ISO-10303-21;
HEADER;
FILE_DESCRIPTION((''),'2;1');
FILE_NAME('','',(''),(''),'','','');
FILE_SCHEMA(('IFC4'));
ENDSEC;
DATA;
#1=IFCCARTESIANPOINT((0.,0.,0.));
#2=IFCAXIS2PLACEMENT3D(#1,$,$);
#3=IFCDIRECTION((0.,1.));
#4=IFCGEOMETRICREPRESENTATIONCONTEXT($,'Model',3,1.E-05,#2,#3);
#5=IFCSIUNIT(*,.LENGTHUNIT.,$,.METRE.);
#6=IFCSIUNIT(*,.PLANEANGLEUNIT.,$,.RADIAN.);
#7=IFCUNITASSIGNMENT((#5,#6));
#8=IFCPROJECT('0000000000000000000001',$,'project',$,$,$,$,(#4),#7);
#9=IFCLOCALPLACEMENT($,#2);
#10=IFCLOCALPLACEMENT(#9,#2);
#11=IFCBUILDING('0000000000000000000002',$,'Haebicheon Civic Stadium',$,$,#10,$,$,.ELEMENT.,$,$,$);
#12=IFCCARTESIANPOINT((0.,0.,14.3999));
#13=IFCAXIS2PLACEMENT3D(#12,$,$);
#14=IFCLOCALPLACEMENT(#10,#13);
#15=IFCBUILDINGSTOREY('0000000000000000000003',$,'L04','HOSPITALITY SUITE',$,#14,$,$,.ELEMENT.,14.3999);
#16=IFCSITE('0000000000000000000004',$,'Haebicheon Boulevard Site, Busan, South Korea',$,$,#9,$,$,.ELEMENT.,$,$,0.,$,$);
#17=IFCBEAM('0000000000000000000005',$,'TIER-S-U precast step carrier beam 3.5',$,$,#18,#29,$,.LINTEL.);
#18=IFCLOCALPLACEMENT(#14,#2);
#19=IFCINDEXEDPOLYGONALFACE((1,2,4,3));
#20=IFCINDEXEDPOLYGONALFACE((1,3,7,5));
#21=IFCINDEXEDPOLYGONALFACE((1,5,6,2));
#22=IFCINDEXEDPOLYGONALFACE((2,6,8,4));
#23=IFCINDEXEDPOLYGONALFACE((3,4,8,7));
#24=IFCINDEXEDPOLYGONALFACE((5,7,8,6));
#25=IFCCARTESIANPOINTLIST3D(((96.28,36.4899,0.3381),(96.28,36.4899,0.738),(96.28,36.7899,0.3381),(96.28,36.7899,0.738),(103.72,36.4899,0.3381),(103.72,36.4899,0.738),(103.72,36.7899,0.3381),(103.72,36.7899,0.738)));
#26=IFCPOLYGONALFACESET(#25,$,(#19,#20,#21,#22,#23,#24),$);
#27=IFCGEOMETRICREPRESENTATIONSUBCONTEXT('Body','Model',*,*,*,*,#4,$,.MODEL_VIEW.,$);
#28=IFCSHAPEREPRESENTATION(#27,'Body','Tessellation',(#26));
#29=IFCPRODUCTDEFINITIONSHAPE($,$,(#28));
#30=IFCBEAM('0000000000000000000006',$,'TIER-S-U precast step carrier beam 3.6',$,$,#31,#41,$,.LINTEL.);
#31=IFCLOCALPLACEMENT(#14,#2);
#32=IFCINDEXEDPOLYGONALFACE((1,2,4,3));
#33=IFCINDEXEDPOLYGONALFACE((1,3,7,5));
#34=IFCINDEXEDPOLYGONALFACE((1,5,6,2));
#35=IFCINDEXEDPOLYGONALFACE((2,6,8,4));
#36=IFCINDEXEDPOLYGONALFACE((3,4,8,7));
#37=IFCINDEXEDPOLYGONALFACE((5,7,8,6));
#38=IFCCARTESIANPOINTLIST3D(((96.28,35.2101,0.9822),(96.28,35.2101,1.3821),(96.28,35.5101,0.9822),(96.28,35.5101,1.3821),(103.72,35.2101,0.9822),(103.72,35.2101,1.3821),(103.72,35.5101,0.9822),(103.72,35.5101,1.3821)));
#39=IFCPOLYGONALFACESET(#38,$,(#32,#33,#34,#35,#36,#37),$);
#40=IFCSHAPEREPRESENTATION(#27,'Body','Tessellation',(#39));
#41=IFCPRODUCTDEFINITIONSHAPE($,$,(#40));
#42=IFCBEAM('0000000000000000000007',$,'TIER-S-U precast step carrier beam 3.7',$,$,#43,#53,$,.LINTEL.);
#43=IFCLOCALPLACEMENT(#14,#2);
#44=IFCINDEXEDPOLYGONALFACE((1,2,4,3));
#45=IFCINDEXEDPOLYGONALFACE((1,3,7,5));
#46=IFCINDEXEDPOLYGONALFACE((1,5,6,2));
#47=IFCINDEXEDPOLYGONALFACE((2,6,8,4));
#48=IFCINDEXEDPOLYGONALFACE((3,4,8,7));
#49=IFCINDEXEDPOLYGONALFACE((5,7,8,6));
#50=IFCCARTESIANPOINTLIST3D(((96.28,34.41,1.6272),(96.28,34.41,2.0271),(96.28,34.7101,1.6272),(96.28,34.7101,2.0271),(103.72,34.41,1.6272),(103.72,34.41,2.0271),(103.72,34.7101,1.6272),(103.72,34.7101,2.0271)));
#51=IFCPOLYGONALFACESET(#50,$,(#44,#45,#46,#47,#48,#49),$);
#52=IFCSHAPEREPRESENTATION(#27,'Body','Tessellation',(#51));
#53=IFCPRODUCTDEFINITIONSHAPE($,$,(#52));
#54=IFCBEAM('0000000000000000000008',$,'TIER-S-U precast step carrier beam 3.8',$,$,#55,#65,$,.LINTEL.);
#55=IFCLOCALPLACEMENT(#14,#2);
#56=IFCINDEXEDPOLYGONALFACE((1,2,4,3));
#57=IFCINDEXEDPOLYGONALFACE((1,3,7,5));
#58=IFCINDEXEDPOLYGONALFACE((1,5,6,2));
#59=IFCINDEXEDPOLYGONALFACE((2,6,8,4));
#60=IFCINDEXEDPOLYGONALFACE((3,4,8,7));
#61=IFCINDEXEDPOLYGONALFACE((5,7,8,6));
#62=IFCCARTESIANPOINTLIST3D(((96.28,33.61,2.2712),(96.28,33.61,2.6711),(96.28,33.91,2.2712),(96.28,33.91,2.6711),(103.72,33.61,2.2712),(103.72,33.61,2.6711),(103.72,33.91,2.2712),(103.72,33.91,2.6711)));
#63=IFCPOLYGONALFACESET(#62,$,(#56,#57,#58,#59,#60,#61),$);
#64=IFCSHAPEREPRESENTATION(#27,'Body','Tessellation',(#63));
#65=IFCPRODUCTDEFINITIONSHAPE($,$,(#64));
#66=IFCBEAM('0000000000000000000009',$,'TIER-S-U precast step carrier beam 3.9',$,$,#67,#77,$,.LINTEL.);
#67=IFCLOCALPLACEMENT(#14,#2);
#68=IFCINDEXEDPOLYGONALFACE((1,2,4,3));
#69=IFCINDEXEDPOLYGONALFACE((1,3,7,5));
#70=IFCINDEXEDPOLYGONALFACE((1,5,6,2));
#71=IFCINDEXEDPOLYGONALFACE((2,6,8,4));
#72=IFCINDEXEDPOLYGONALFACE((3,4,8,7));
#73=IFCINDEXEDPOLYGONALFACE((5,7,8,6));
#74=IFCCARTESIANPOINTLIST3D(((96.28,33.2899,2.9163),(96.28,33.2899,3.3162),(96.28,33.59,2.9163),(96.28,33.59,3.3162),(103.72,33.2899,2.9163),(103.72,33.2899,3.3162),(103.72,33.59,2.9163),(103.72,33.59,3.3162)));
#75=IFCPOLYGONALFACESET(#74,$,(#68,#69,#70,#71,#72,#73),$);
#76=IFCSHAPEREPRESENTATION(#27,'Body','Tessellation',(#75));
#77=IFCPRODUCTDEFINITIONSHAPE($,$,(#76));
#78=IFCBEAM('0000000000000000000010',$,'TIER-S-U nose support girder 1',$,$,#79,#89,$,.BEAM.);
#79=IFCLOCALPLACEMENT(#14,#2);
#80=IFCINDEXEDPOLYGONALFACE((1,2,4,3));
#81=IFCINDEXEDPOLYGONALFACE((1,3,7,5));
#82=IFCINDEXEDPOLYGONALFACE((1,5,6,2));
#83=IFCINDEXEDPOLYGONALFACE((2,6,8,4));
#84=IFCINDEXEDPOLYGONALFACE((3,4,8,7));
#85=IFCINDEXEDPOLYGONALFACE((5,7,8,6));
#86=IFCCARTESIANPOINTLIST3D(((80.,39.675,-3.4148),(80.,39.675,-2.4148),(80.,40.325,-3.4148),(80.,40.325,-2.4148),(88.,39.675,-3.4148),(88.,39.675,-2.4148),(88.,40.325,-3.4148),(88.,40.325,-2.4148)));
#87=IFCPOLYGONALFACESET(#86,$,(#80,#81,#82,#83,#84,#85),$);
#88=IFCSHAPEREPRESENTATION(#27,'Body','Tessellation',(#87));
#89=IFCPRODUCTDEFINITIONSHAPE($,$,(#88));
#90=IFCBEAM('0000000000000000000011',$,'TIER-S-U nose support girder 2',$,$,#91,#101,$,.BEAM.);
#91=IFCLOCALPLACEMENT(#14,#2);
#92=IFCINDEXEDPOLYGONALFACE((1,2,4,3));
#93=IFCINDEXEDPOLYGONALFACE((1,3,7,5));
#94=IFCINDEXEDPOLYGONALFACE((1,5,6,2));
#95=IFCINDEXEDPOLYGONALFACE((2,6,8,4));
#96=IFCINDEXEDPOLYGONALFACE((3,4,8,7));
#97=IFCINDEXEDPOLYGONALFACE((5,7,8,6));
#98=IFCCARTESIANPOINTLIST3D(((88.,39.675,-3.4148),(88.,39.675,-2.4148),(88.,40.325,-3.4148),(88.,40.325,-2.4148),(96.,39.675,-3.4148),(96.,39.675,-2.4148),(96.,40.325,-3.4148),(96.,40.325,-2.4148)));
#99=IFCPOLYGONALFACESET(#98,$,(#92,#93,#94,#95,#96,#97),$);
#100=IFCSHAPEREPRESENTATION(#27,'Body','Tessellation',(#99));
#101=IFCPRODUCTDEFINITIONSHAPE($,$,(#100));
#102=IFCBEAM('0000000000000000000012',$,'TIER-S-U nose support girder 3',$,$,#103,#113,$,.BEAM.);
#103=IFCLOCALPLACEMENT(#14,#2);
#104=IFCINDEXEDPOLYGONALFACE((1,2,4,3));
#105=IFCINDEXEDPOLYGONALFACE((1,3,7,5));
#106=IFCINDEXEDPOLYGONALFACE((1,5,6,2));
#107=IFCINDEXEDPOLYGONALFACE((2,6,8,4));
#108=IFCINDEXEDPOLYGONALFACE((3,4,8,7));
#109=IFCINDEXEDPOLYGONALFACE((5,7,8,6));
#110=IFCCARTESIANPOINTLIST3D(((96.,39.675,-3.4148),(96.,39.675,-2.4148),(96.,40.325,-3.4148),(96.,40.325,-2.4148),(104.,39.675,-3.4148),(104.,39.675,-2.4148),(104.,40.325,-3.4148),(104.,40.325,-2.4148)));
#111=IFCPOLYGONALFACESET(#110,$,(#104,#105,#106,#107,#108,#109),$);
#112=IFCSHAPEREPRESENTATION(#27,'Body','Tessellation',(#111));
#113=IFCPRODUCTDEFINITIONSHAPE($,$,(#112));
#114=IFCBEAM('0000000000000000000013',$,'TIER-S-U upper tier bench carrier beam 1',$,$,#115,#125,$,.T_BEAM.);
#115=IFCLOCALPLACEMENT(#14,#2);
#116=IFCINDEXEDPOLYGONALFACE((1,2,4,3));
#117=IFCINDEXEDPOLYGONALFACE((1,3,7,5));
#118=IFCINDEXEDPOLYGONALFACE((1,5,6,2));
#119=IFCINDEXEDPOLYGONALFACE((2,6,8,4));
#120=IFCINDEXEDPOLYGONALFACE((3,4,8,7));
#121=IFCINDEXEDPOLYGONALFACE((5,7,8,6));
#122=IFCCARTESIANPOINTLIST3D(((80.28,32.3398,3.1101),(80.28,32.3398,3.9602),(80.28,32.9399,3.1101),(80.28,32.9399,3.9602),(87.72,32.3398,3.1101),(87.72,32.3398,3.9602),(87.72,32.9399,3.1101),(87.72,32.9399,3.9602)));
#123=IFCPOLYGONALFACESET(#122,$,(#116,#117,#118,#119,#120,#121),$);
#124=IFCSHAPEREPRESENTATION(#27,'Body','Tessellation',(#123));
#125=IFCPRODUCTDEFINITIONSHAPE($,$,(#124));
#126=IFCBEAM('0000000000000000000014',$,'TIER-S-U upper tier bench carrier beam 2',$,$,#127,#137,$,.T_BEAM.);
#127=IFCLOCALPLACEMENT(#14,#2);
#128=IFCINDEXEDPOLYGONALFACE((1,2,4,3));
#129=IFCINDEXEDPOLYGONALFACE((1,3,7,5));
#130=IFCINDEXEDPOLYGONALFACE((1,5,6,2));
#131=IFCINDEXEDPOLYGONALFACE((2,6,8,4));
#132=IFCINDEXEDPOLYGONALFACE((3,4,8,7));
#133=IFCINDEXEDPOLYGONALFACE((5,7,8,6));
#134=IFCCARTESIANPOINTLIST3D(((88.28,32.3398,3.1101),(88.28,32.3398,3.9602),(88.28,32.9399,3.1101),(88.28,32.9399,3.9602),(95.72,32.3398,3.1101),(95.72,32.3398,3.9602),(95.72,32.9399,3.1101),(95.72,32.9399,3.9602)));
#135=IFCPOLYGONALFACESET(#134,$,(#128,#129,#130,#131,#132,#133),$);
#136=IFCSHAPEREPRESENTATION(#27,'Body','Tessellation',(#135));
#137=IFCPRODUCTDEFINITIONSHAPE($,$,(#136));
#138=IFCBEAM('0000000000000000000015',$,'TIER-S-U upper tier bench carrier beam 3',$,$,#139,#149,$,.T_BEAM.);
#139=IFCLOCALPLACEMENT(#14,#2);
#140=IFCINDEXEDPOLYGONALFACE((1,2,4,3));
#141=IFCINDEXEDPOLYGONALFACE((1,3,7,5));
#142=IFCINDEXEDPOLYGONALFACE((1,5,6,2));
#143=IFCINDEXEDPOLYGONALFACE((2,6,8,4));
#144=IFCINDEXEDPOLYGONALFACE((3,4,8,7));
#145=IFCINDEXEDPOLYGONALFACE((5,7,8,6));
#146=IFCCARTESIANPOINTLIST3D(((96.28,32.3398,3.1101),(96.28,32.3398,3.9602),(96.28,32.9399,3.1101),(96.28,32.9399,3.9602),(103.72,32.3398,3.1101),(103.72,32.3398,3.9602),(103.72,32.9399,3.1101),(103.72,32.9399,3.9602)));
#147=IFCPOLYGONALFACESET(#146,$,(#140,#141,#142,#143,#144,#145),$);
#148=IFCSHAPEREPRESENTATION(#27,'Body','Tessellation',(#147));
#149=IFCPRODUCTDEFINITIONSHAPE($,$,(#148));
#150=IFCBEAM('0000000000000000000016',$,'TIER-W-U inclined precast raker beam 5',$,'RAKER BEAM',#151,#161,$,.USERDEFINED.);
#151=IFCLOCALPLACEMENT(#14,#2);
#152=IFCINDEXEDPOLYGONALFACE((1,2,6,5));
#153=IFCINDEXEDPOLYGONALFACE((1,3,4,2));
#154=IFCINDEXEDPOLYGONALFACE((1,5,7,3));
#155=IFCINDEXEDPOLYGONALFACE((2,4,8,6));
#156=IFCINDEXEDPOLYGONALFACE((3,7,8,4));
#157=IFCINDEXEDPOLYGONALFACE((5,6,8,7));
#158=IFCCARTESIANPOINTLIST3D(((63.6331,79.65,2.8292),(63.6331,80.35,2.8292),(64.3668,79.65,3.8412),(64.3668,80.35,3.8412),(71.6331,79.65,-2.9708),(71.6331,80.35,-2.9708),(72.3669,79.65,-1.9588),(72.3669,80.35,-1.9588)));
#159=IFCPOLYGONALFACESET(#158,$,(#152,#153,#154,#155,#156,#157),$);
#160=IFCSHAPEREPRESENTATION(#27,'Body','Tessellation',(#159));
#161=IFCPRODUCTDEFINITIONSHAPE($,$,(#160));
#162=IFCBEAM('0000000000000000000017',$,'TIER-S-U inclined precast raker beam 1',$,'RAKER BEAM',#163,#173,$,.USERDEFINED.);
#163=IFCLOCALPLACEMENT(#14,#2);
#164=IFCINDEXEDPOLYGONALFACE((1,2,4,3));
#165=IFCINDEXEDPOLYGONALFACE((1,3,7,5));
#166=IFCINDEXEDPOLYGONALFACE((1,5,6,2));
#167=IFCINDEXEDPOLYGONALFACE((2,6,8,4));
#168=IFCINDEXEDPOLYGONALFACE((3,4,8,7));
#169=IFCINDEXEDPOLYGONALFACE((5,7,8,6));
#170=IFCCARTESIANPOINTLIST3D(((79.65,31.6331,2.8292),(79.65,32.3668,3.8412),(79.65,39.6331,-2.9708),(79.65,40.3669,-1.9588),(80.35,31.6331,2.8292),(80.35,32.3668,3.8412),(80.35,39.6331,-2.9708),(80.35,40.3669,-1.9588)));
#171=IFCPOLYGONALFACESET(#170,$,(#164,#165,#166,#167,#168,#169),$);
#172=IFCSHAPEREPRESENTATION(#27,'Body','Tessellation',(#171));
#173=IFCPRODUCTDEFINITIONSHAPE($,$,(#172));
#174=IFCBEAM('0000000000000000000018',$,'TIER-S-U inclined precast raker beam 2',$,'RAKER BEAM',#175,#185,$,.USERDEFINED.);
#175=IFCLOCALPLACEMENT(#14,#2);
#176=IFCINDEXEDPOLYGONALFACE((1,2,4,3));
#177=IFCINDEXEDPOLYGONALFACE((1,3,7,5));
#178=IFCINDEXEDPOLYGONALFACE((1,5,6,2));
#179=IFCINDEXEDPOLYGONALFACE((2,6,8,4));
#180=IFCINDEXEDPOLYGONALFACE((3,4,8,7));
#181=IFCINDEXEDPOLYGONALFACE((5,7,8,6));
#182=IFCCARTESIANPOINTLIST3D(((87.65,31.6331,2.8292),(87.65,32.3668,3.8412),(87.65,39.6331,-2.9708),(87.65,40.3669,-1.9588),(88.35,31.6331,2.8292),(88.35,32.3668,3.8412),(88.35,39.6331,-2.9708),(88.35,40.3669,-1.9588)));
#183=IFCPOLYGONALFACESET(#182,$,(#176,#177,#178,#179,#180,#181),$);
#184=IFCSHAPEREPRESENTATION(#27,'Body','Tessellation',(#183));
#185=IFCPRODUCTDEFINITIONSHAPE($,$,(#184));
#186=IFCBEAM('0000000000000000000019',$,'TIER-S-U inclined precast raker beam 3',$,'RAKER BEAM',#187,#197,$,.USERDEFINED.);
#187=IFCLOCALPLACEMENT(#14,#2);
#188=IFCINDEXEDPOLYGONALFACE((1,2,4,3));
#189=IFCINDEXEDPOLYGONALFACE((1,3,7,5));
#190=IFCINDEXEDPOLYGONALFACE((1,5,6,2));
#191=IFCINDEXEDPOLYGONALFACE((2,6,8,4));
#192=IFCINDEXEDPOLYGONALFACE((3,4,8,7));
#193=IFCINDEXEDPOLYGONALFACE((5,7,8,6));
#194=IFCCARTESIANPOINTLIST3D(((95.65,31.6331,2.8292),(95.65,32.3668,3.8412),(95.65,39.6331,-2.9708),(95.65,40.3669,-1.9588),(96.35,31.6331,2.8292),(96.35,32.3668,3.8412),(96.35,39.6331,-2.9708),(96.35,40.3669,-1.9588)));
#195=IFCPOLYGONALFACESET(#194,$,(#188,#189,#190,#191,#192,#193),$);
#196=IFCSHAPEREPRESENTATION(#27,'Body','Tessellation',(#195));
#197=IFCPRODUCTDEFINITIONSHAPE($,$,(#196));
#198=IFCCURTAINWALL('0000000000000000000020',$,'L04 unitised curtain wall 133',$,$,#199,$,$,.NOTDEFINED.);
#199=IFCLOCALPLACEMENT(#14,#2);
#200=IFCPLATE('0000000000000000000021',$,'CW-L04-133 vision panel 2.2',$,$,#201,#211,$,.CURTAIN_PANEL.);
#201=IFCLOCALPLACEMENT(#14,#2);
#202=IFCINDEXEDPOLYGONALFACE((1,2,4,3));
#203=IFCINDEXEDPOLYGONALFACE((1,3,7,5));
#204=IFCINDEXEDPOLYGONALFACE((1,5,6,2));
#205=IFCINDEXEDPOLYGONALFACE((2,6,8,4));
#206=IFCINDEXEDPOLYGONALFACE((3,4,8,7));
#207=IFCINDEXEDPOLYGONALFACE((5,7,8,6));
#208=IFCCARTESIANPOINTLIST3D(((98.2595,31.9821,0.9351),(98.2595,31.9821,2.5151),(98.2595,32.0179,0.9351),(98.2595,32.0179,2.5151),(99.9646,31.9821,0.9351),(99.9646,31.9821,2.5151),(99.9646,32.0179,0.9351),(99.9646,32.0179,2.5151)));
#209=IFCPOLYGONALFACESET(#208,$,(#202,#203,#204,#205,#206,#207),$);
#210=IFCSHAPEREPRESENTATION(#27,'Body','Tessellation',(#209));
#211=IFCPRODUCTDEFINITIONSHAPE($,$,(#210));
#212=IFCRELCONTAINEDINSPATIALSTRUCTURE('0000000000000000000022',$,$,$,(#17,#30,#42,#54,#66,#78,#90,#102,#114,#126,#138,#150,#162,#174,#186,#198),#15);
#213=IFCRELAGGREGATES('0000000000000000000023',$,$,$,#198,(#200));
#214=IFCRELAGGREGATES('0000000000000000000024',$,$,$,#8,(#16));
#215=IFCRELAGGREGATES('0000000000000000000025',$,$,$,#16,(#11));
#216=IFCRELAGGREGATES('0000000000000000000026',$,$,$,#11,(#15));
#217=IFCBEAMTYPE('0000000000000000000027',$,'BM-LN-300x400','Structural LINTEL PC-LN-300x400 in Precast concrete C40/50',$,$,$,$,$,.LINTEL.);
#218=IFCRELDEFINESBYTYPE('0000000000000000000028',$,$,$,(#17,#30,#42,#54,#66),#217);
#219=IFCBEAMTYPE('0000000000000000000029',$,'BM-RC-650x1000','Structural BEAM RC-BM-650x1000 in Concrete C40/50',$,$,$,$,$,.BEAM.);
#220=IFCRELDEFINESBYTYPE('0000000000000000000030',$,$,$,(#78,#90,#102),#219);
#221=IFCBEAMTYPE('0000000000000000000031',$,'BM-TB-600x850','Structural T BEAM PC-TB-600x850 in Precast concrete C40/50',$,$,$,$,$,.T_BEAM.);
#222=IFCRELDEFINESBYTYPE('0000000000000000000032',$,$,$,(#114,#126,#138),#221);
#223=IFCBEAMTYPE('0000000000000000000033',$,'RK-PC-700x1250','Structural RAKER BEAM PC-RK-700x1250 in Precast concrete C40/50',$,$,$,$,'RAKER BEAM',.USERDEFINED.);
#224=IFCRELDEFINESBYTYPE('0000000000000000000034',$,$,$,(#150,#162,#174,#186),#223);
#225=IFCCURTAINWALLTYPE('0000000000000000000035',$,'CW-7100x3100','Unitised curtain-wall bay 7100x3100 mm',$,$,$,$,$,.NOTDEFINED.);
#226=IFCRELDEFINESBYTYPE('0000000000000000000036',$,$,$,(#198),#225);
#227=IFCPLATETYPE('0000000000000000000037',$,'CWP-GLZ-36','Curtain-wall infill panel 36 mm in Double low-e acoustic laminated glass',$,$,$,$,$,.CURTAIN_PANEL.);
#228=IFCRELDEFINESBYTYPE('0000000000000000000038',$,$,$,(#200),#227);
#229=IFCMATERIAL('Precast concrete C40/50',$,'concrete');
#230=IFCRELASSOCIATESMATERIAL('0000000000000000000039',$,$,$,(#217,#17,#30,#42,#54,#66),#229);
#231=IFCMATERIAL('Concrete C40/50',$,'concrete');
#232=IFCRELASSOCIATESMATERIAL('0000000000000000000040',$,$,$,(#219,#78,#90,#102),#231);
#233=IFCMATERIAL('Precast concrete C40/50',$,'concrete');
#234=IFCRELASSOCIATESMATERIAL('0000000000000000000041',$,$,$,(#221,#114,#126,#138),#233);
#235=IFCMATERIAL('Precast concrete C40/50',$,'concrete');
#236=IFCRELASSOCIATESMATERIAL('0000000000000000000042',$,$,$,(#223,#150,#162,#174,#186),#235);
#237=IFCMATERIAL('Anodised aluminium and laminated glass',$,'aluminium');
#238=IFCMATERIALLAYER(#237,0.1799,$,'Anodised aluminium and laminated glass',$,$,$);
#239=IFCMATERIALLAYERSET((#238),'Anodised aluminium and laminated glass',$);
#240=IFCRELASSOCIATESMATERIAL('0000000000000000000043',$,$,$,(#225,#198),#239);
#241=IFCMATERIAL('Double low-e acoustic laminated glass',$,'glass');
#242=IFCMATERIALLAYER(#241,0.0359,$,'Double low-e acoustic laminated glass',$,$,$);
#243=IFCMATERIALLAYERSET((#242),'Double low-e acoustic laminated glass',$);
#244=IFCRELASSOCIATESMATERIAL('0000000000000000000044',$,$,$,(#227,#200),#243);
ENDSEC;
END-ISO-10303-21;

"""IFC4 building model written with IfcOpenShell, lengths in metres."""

from ifc_helpers import new_model, si_unit, direction, frame, origin, origin_2d, place, context, subcontext, project, spatial, rectangle, extrude, material, layer, layer_set, material_profile, profile_set, type_object, element, aggregate, save


model = new_model("IFC4")

# Units and contexts
model_context = context("Model", 3, precision=1e-05, world=origin(), true_north=direction((0.0, 1.0)))
body_context = subcontext(model_context, "Body", "Model", "MODEL_VIEW")
ifc_project = project(units=[si_unit("LENGTHUNIT", "METRE"), si_unit("PLANEANGLEUNIT", "RADIAN")], contexts=[model_context])

# Site, building, storey
site_placement = place(None, origin())
site = spatial("IfcSite", under=ifc_project, at=site_placement, Name="Haebicheon Boulevard Site, Busan, South Korea", CompositionType="ELEMENT", RefElevation=0.0)
building_placement = place(site_placement, origin())
building = spatial("IfcBuilding", under=site, at=building_placement, Name="Haebicheon Civic Stadium", CompositionType="ELEMENT")
storey_placement = place(building_placement, frame((0.0, 0.0, 14.3999)))
storey = spatial("IfcBuildingStorey", under=building, at=storey_placement, Name="L04", Description="HOSPITALITY SUITE", CompositionType="ELEMENT", Elevation=14.3999)

# Beams
ifc_material_1 = material(Name="Precast concrete C40/50", Category="concrete")
ifc_material_profile_1 = material_profile(ifc_material_1, rectangle(XDim=0.3, YDim=0.3999, at=origin_2d()), Name="PC-LN-300x400")
ifc_profile_set_1 = profile_set([ifc_material_profile_1], Name="Precast concrete C40/50")
beam_type_1 = type_object("IfcBeamType", Name="BM-LN-300x400", Description="Structural LINTEL PC-LN-300x400 in Precast concrete C40/50", PredefinedType="LINTEL", material=ifc_profile_set_1)
for number, where, z_axis, x_axis, name in (
    (1, (96.28, 36.6399, 0.5381), (1.0, 0.0, 0.0), (0.0, 1.0, 0.0), "TIER-S-U precast step carrier beam 3.5"),
    (2, (96.28, 35.3601, 1.1821), (1.0, 0.0, 0.0), (0.0, 1.0, 0.0), "TIER-S-U precast step carrier beam 3.6"),
    (3, (96.28, 34.5601, 1.8271), (1.0, 0.0, 0.0), (0.0, 1.0, 0.0), "TIER-S-U precast step carrier beam 3.7"),
    (4, (96.28, 33.76, 2.4712), (1.0, 0.0, 0.0), (0.0, 1.0, 0.0), "TIER-S-U precast step carrier beam 3.8"),
    (5, (96.28, 33.4399, 3.1162), (1.0, 0.0, 0.0), (0.0, 1.0, 0.0), "TIER-S-U precast step carrier beam 3.9"),
):
    element("IfcBeam", number, at=place(storey_placement, frame(where, z_axis=z_axis, x_axis=x_axis)), inside=storey, type_object=beam_type_1, material=ifc_profile_set_1, Name=name, PredefinedType="LINTEL", context=body_context, shape_type="SweptSolid", body=[
        extrude(rectangle(XDim=0.3, YDim=0.3999, at=origin_2d()), origin(), (0.0, 0.0, 1.0), 7.4399),
    ])
ifc_material_2 = material(Name="Concrete C40/50", Category="concrete")
ifc_material_profile_2 = material_profile(ifc_material_2, rectangle(XDim=0.6499, YDim=1.0, at=origin_2d()), Name="RC-BM-650x1000")
ifc_profile_set_2 = profile_set([ifc_material_profile_2], Name="Concrete C40/50")
beam_type_2 = type_object("IfcBeamType", Name="BM-RC-650x1000", Description="Structural BEAM RC-BM-650x1000 in Concrete C40/50", PredefinedType="BEAM", material=ifc_profile_set_2)
for number, where, z_axis, x_axis, name in (
    (6, (80.0, 40.0, -2.9148), (1.0, 0.0, 0.0), (0.0, 1.0, 0.0), "TIER-S-U nose support girder 1"),
    (7, (88.0, 40.0, -2.9148), (1.0, 0.0, 0.0), (0.0, 1.0, 0.0), "TIER-S-U nose support girder 2"),
    (8, (96.0, 40.0, -2.9148), (1.0, 0.0, 0.0), (0.0, 1.0, 0.0), "TIER-S-U nose support girder 3"),
):
    element("IfcBeam", number, at=place(storey_placement, frame(where, z_axis=z_axis, x_axis=x_axis)), inside=storey, type_object=beam_type_2, material=ifc_profile_set_2, Name=name, PredefinedType="BEAM", context=body_context, shape_type="SweptSolid", body=[
        extrude(rectangle(XDim=0.6499, YDim=1.0, at=origin_2d()), origin(), (0.0, 0.0, 1.0), 8.0),
    ])
ifc_material_3 = material(Name="Precast concrete C40/50", Category="concrete")
ifc_material_profile_3 = material_profile(ifc_material_3, rectangle(XDim=0.6001, YDim=0.8501, at=origin_2d()), Name="PC-TB-600x850")
ifc_profile_set_3 = profile_set([ifc_material_profile_3], Name="Precast concrete C40/50")
beam_type_3 = type_object("IfcBeamType", Name="BM-TB-600x850", Description="Structural T BEAM PC-TB-600x850 in Precast concrete C40/50", PredefinedType="T_BEAM", material=ifc_profile_set_3)
for number, where, z_axis, x_axis, name in (
    (9, (80.28, 32.6399, 3.5352), (1.0, 0.0, 0.0), (0.0, 1.0, 0.0), "TIER-S-U upper tier bench carrier beam 1"),
    (10, (88.28, 32.6399, 3.5352), (1.0, 0.0, 0.0), (0.0, 1.0, 0.0), "TIER-S-U upper tier bench carrier beam 2"),
    (11, (96.28, 32.6399, 3.5352), (1.0, 0.0, 0.0), (0.0, 1.0, 0.0), "TIER-S-U upper tier bench carrier beam 3"),
):
    element("IfcBeam", number, at=place(storey_placement, frame(where, z_axis=z_axis, x_axis=x_axis)), inside=storey, type_object=beam_type_3, material=ifc_profile_set_3, Name=name, PredefinedType="T_BEAM", context=body_context, shape_type="SweptSolid", body=[
        extrude(rectangle(XDim=0.6001, YDim=0.8501, at=origin_2d()), origin(), (0.0, 0.0, 1.0), 7.4399),
    ])
ifc_material_4 = material(Name="Precast concrete C40/50", Category="concrete")
ifc_material_profile_4 = material_profile(ifc_material_4, rectangle(XDim=0.7, YDim=1.25, at=origin_2d()), Name="PC-RK-700x1250")
ifc_profile_set_4 = profile_set([ifc_material_profile_4], Name="Precast concrete C40/50")
beam_type_4 = type_object("IfcBeamType", Name="RK-PC-700x1250", Description="Structural RAKER BEAM PC-RK-700x1250 in Precast concrete C40/50", ElementType="RAKER BEAM", PredefinedType="USERDEFINED", material=ifc_profile_set_4)
for number, where, z_axis, x_axis, name in (
    (12, (72.0, 80.0, -2.4648), (-0.809608, 0.0, 0.586971), (0.0, -1.0, 0.0), "TIER-W-U inclined precast raker beam 5"),
    (13, (80.0, 40.0, -2.4648), (0.0, -0.809608, 0.586971), (1.0, 0.0, 0.0), "TIER-S-U inclined precast raker beam 1"),
    (14, (88.0, 40.0, -2.4648), (0.0, -0.809608, 0.586971), (1.0, 0.0, 0.0), "TIER-S-U inclined precast raker beam 2"),
    (15, (96.0, 40.0, -2.4648), (0.0, -0.809608, 0.586971), (1.0, 0.0, 0.0), "TIER-S-U inclined precast raker beam 3"),
):
    element("IfcBeam", number, at=place(storey_placement, frame(where, z_axis=z_axis, x_axis=x_axis)), inside=storey, type_object=beam_type_4, material=ifc_profile_set_4, Name=name, ObjectType="RAKER BEAM", PredefinedType="USERDEFINED", context=body_context, shape_type="SweptSolid", body=[
        extrude(rectangle(XDim=0.7, YDim=1.25, at=origin_2d()), origin(), (0.0, 0.0, 1.0), 9.8813),
    ])

# Curtain wall, plate
ifc_material_5 = material(Name="Anodised aluminium and laminated glass", Category="aluminium")
ifc_layer_1 = layer(ifc_material_5, 0.1799, Name="Anodised aluminium and laminated glass")
ifc_layer_set_1 = layer_set([ifc_layer_1], Name="Anodised aluminium and laminated glass")
curtain_wall_type = type_object("IfcCurtainWallType", Name="CW-7100x3100", Description="Unitised curtain-wall bay 7100x3100 mm", PredefinedType="NOTDEFINED", material=ifc_layer_set_1)
curtain_wall_placement = place(storey_placement, origin())
curtain_wall = element("IfcCurtainWall", 16, at=curtain_wall_placement, inside=storey, type_object=curtain_wall_type, material=ifc_layer_set_1, Name="L04 unitised curtain wall 133", PredefinedType="NOTDEFINED")
ifc_material_6 = material(Name="Double low-e acoustic laminated glass", Category="glass")
ifc_layer_2 = layer(ifc_material_6, 0.0359, Name="Double low-e acoustic laminated glass")
ifc_layer_set_2 = layer_set([ifc_layer_2], Name="Double low-e acoustic laminated glass")
plate_type = type_object("IfcPlateType", Name="CWP-GLZ-36", Description="Curtain-wall infill panel 36 mm in Double low-e acoustic laminated glass", PredefinedType="CURTAIN_PANEL", material=ifc_layer_set_2)
plate_placement = place(storey_placement, frame((99.1121, 32.0, 0.9351), z_axis=(0.0, 0.0, 1.0), x_axis=(1.0, 0.0, 0.0)))
plate = element("IfcPlate", 17, at=plate_placement, type_object=plate_type, material=ifc_layer_set_2, Name="CW-L04-133 vision panel 2.2", PredefinedType="CURTAIN_PANEL", context=body_context, shape_type="SweptSolid", body=[
    extrude(rectangle(XDim=1.7051, YDim=0.0359, at=origin_2d()), origin(), (0.0, 0.0, 1.0), 1.5801),
])
aggregate(curtain_wall, [plate])

save(model, "model.ifc")
